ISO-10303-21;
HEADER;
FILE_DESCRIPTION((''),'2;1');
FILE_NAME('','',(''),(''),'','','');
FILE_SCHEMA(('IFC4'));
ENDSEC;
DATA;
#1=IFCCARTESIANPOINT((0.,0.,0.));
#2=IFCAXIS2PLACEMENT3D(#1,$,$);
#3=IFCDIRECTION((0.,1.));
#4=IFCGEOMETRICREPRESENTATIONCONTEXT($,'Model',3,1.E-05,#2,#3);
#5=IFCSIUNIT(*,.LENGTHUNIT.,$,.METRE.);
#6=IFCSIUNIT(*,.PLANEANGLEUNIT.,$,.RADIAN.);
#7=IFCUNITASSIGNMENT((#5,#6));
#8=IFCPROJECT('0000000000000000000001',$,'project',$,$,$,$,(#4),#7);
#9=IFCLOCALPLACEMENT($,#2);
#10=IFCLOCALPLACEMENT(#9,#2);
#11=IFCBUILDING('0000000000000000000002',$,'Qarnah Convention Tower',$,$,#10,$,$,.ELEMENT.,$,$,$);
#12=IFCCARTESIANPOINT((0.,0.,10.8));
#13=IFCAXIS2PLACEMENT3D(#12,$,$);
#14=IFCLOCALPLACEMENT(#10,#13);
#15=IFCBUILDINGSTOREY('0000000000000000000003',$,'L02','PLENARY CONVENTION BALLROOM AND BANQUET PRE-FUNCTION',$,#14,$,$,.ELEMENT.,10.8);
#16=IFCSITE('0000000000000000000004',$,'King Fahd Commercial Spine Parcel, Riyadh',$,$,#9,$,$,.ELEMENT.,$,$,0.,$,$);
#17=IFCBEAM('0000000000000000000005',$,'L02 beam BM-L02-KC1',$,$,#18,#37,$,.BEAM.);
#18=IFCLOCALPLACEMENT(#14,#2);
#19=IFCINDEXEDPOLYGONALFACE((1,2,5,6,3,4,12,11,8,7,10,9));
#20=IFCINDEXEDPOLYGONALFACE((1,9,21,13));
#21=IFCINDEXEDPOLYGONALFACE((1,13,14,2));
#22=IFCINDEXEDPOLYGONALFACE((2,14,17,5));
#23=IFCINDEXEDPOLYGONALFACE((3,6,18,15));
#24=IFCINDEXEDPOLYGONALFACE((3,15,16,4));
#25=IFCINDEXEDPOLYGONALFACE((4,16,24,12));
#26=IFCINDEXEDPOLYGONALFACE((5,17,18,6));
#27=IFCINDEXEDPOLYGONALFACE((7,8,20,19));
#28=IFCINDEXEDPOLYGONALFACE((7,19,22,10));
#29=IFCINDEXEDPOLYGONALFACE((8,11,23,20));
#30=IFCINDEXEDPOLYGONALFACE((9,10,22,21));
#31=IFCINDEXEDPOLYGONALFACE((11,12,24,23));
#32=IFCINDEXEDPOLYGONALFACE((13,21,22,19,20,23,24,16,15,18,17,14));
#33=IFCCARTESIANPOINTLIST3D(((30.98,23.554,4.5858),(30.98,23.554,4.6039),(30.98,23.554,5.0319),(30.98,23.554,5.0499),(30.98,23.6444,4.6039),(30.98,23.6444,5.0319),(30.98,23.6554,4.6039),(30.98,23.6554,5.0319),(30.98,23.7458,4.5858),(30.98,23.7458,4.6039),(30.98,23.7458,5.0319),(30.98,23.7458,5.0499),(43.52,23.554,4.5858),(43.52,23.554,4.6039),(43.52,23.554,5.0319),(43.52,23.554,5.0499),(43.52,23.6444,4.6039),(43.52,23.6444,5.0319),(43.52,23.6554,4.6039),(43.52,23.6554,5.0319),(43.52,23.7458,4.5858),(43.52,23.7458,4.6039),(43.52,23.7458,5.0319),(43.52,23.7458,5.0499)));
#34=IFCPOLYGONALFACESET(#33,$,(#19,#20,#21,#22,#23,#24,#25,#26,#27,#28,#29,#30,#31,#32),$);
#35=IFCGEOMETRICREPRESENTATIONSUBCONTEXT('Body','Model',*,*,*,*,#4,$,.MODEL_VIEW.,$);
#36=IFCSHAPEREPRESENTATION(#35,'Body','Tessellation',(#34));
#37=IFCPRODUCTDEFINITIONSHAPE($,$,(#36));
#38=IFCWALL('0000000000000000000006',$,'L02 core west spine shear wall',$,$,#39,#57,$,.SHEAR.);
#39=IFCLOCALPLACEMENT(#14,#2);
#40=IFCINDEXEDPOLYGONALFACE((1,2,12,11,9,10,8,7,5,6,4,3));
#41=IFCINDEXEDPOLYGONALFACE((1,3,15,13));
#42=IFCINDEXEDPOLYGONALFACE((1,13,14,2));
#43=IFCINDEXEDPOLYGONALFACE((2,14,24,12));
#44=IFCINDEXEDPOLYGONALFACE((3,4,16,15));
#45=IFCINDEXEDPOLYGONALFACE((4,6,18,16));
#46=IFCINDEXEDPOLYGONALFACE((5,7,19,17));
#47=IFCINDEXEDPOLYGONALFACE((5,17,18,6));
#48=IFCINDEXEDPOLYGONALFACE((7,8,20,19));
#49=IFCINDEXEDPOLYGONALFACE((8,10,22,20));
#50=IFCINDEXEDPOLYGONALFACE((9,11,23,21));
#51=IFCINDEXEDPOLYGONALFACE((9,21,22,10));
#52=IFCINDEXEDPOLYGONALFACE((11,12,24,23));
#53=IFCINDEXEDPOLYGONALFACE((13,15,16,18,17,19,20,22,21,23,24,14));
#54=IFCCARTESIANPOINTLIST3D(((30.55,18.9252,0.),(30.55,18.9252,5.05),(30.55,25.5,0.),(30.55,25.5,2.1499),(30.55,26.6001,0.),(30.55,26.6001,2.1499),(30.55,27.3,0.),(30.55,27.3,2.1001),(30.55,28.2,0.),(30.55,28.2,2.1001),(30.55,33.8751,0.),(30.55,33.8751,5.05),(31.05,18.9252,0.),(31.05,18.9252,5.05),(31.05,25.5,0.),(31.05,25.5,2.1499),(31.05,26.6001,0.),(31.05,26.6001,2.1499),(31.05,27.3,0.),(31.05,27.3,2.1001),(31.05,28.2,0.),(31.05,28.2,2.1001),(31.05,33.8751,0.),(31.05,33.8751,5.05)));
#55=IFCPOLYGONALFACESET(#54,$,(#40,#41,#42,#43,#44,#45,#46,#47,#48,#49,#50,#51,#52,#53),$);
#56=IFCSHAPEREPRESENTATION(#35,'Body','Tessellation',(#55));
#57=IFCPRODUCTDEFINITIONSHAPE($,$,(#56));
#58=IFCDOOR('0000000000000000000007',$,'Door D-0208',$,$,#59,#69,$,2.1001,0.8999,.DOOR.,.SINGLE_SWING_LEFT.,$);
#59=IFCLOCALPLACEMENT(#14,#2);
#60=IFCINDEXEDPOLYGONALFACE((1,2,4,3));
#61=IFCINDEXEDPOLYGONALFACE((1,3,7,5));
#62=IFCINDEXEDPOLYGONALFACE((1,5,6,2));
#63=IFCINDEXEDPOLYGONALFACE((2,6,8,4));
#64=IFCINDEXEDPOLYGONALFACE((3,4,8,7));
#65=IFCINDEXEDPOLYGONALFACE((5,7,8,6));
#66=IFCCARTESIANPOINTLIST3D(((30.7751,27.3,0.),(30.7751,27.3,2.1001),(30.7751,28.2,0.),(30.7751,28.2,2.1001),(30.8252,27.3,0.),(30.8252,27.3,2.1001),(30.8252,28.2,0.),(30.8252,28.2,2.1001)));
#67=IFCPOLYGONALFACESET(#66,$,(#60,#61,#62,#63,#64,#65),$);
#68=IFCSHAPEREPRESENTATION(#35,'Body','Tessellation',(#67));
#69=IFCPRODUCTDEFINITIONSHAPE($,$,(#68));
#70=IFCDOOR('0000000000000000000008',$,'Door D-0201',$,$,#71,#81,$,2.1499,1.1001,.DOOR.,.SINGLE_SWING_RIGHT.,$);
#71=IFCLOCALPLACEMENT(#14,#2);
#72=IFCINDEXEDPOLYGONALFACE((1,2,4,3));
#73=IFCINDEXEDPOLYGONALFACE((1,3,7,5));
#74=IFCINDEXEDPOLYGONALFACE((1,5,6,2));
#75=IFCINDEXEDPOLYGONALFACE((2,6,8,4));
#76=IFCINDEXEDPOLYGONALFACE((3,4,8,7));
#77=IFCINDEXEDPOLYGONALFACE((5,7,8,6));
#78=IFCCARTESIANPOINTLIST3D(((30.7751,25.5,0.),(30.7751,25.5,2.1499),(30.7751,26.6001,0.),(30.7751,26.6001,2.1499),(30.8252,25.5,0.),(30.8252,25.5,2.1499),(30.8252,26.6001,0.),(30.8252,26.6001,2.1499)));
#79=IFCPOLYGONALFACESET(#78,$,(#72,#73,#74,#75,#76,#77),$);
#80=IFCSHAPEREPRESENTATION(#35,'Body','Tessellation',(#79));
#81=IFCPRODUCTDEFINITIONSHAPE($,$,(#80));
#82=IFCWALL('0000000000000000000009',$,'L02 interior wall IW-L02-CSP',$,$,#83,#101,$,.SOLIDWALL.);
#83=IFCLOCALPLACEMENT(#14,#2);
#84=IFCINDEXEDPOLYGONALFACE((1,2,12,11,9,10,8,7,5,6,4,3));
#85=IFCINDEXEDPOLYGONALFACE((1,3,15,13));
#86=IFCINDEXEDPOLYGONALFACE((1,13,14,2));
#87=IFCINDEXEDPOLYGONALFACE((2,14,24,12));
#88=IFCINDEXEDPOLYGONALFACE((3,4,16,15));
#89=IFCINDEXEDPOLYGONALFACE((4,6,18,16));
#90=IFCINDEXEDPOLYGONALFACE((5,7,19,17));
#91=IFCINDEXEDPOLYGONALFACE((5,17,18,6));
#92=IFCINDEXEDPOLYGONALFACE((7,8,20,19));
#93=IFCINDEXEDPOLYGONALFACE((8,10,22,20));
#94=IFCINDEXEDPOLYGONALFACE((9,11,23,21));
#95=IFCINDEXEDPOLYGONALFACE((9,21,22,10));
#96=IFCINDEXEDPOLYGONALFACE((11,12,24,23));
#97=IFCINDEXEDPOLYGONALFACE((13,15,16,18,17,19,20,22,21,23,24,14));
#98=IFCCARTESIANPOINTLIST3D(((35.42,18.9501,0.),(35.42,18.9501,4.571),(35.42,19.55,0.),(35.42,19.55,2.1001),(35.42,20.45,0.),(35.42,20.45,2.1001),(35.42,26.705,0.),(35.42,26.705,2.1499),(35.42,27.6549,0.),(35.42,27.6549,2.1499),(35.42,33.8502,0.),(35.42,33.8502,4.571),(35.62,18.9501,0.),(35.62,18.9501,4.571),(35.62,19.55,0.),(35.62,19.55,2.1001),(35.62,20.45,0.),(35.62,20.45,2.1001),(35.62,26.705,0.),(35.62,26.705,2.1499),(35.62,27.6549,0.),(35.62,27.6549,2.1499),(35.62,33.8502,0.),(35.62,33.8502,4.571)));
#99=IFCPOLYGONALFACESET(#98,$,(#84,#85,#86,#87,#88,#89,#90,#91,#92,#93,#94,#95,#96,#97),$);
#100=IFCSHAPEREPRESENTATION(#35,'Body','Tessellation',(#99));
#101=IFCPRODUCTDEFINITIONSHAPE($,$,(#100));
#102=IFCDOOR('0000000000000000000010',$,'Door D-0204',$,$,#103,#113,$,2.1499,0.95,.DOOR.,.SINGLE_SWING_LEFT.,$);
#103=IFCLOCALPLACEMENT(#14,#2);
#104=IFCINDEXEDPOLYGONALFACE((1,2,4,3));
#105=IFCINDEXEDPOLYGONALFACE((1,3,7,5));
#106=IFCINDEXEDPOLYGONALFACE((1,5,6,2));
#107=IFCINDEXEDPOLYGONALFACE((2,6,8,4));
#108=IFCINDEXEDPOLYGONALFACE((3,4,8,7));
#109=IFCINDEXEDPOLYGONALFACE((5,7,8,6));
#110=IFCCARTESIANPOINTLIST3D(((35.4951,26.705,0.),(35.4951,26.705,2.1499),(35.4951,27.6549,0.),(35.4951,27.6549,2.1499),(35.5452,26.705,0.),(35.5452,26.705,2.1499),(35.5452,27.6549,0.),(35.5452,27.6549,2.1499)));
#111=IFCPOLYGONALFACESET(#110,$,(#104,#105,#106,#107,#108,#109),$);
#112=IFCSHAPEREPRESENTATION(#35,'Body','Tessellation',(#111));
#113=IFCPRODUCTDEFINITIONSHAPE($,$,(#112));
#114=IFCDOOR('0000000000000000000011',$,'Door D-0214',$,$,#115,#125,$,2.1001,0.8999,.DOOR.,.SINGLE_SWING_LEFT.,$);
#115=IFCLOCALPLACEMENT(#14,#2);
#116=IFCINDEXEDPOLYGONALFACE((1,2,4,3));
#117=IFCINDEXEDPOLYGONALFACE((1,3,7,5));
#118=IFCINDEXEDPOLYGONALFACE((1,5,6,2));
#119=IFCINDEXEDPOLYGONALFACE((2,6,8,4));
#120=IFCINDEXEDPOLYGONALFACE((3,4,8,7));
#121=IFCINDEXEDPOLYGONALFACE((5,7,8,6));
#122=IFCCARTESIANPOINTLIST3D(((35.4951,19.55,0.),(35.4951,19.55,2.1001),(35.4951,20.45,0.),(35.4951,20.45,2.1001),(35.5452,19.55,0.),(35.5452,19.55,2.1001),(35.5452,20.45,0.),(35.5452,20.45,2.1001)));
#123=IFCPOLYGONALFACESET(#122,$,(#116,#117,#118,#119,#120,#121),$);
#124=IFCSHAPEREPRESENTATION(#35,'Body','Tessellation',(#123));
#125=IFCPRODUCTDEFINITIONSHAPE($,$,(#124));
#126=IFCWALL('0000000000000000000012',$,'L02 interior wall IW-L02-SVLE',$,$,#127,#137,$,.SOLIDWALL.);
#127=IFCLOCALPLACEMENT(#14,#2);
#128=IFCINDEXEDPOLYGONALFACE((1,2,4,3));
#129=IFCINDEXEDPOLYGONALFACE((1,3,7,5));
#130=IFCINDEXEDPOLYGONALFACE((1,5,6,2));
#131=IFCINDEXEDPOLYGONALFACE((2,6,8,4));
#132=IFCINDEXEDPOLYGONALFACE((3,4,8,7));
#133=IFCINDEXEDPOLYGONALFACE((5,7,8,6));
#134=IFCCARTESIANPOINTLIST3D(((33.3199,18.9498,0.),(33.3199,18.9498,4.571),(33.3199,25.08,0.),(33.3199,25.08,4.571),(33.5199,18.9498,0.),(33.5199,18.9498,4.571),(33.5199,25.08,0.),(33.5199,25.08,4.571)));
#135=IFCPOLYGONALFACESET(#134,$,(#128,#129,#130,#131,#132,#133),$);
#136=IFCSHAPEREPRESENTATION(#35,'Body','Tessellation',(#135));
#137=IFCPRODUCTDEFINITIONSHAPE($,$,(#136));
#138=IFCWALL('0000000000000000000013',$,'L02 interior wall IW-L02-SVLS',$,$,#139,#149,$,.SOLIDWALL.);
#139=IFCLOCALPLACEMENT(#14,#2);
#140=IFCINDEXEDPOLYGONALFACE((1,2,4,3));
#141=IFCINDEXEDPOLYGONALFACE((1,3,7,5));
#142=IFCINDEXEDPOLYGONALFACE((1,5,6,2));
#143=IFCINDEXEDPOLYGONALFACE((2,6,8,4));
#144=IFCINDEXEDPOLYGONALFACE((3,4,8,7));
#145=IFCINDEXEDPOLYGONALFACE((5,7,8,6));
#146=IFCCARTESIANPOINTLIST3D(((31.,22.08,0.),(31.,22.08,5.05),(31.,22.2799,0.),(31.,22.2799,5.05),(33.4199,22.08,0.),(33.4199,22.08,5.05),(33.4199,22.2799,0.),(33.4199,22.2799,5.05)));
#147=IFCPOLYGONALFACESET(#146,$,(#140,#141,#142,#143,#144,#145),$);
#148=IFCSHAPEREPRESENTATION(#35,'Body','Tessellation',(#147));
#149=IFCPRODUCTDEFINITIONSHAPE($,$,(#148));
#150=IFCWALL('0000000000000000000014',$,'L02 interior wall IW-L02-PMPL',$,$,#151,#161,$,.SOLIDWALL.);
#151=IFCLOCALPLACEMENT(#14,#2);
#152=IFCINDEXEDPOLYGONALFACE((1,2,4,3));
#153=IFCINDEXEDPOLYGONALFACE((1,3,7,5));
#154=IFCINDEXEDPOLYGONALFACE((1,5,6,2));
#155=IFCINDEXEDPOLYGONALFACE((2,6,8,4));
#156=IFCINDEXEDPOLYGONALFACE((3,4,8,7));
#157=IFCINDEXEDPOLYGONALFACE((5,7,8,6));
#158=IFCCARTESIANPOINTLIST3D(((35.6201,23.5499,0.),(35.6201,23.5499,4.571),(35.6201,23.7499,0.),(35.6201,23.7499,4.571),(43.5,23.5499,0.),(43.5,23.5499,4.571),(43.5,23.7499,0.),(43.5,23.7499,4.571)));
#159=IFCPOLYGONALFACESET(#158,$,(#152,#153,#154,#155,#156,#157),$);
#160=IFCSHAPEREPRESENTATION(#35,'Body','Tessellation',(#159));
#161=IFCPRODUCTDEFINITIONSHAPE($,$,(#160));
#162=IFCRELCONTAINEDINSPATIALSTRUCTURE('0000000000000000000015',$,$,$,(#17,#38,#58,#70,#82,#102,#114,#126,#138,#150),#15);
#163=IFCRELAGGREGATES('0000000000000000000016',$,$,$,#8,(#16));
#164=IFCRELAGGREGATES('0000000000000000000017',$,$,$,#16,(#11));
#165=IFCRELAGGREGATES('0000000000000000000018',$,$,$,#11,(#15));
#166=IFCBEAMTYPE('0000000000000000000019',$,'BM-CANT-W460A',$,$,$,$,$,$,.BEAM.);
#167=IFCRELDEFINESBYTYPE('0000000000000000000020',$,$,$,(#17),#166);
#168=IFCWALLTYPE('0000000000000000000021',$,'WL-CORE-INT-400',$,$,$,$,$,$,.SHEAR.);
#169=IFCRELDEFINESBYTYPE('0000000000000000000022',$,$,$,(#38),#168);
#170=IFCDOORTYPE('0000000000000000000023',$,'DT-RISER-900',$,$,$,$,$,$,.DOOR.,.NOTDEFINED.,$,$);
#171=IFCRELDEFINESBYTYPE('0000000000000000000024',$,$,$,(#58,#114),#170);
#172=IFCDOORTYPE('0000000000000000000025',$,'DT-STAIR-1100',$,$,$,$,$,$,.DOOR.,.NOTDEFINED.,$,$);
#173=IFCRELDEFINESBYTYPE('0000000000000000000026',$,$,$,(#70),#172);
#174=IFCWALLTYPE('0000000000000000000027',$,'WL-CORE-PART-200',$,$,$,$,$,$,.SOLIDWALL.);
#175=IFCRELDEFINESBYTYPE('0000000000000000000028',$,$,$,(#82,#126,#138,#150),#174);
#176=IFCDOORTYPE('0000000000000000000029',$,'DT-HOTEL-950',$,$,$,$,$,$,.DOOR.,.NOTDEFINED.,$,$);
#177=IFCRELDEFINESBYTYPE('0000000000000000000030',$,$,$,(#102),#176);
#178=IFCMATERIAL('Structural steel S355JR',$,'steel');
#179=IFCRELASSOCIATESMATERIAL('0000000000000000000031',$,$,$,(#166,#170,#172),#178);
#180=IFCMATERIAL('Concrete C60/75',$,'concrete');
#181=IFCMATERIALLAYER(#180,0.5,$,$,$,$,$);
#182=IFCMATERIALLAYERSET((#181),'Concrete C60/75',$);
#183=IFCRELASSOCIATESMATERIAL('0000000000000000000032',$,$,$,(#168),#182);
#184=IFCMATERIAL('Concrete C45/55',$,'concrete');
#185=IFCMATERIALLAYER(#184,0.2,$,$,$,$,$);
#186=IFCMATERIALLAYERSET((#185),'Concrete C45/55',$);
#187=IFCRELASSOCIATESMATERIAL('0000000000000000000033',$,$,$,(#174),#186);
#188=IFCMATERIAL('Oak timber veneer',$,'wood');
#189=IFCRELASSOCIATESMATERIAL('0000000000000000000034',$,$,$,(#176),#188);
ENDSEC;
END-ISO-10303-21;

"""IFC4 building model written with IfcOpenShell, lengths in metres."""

from ifc_helpers import new_model, si_unit, direction, frame, frame_2d, origin, origin_2d, place, context, subcontext, project, spatial, rectangle, i_section, extrude, material, layer, layer_set, material_profile, profile_set, type_object, element, fill, save


model = new_model("IFC4")

# Units and contexts
model_context = context("Model", 3, precision=1e-05, world=origin(), true_north=direction((0.0, 1.0)))
body_context = subcontext(model_context, "Body", "Model", "MODEL_VIEW")
ifc_project = project(units=[si_unit("LENGTHUNIT", "METRE"), si_unit("PLANEANGLEUNIT", "RADIAN")], contexts=[model_context])

# Site, building, storey
site_placement = place(None, origin())
site = spatial("IfcSite", under=ifc_project, at=site_placement, Name="King Fahd Commercial Spine Parcel, Riyadh", CompositionType="ELEMENT", RefElevation=0.0)
building_placement = place(site_placement, origin())
building = spatial("IfcBuilding", under=site, at=building_placement, Name="Qarnah Convention Tower", CompositionType="ELEMENT")
storey_placement = place(building_placement, frame((0.0, 0.0, 10.8)))
storey = spatial("IfcBuildingStorey", under=building, at=storey_placement, Name="L02", Description="PLENARY CONVENTION BALLROOM AND BANQUET PRE-FUNCTION", CompositionType="ELEMENT", Elevation=10.8)

# Beam
ifc_material_1 = material(Name="Structural steel S355JR", Category="steel")
ifc_material_profile = material_profile(ifc_material_1, i_section(OverallWidth=0.1919, OverallDepth=0.4641, WebThickness=0.011, FlangeThickness=0.0181, at=origin_2d()), Name="W460X89")
ifc_profile_set = profile_set([ifc_material_profile], Name="Structural steel S355JR")
beam_type = type_object("IfcBeamType", Name="BM-CANT-W460A", PredefinedType="BEAM", material=ifc_profile_set)
beam_placement = place(storey_placement, frame((30.98, 23.6499, 4.8179), z_axis=(1.0, 0.0, 0.0), x_axis=(0.0, 1.0, 0.0)))
element("IfcBeam", 1, at=beam_placement, inside=storey, type_object=beam_type, Name="L02 beam BM-L02-KC1", PredefinedType="BEAM", context=body_context, shape_type="SweptSolid", body=[
    extrude(i_section(OverallWidth=0.1919, OverallDepth=0.4641, WebThickness=0.011, FlangeThickness=0.0181, at=origin_2d()), origin(), (0.0, 0.0, 1.0), 12.54),
])

# Walls, openings, doors
ifc_material_2 = material(Name="Concrete C60/75", Category="concrete")
ifc_layer_1 = layer(ifc_material_2, 0.5)
ifc_layer_set_1 = layer_set([ifc_layer_1], Name="Concrete C60/75")
wall_type_1 = type_object("IfcWallType", Name="WL-CORE-INT-400", PredefinedType="SHEAR", material=ifc_layer_set_1)
wall_1_placement = place(storey_placement, frame((30.8, 18.925, 0.0), z_axis=(0.0, 0.0, 1.0), x_axis=(0.0, 1.0, 0.0)))
wall_1 = element("IfcWall", 2, at=wall_1_placement, inside=storey, type_object=wall_type_1, Name="L02 core west spine shear wall", PredefinedType="SHEAR", context=body_context, shape_type="SweptSolid", body=[
    extrude(rectangle(XDim=14.95, YDim=0.5, at=frame_2d((7.4751, 0.0))), origin(), (0.0, 0.0, 1.0), 5.05),
])
opening_1_placement = place(wall_1_placement, frame((6.575, 0.0, 0.0)))
opening_1 = element("IfcOpeningElement", 3, at=opening_1_placement, cuts=wall_1, PredefinedType="OPENING", context=body_context, shape_type="SweptSolid", body=[
    extrude(rectangle(XDim=1.1001, YDim=2.1499, at=frame_2d((0.55, 1.075))), frame((0.0, 0.26, 0.0), z_axis=(0.0, -1.0, 0.0), x_axis=(1.0, 0.0, 0.0)), (0.0, 0.0, 1.0), 0.52),
])
opening_2_placement = place(wall_1_placement, frame((8.375, 0.0, 0.0)))
opening_2 = element("IfcOpeningElement", 4, at=opening_2_placement, cuts=wall_1, PredefinedType="OPENING", context=body_context, shape_type="SweptSolid", body=[
    extrude(rectangle(XDim=0.8999, YDim=2.1001, at=frame_2d((0.45, 1.05))), frame((0.0, 0.26, 0.0), z_axis=(0.0, -1.0, 0.0), x_axis=(1.0, 0.0, 0.0)), (0.0, 0.0, 1.0), 0.52),
])
door_type_1 = type_object("IfcDoorType", Name="DT-RISER-900", OperationType="NOTDEFINED", PredefinedType="DOOR", material=ifc_material_1)
door_1_placement = place(opening_2_placement, origin())
door_1 = element("IfcDoor", 5, at=door_1_placement, inside=storey, type_object=door_type_1, Name="Door D-0208", OperationType="SINGLE_SWING_LEFT", OverallHeight=2.1001, OverallWidth=0.8999, PredefinedType="DOOR", context=body_context, shape_type="SweptSolid", body=[
    extrude(rectangle(XDim=0.8999, YDim=2.1001, at=frame_2d((0.45, 1.05))), frame((0.0, 0.0249, 0.0), z_axis=(0.0, -1.0, 0.0), x_axis=(1.0, 0.0, 0.0)), (0.0, 0.0, 1.0), 0.05),
])
fill(opening_2, door_1)
door_type_2 = type_object("IfcDoorType", Name="DT-STAIR-1100", OperationType="NOTDEFINED", PredefinedType="DOOR", material=ifc_material_1)
door_2_placement = place(opening_1_placement, origin())
door_2 = element("IfcDoor", 6, at=door_2_placement, inside=storey, type_object=door_type_2, Name="Door D-0201", OperationType="SINGLE_SWING_RIGHT", OverallHeight=2.1499, OverallWidth=1.1001, PredefinedType="DOOR", context=body_context, shape_type="SweptSolid", body=[
    extrude(rectangle(XDim=1.1001, YDim=2.1499, at=frame_2d((0.55, 1.075))), frame((0.0, 0.0249, 0.0), z_axis=(0.0, -1.0, 0.0), x_axis=(1.0, 0.0, 0.0)), (0.0, 0.0, 1.0), 0.05),
])
fill(opening_1, door_2)
ifc_material_3 = material(Name="Concrete C45/55", Category="concrete")
ifc_layer_2 = layer(ifc_material_3, 0.2)
ifc_layer_set_2 = layer_set([ifc_layer_2], Name="Concrete C45/55")
wall_type_2 = type_object("IfcWallType", Name="WL-CORE-PART-200", PredefinedType="SOLIDWALL", material=ifc_layer_set_2)
wall_2_placement = place(storey_placement, frame((35.52, 18.95, 0.0), z_axis=(0.0, 0.0, 1.0), x_axis=(0.0, 1.0, 0.0)))
wall_2 = element("IfcWall", 7, at=wall_2_placement, inside=storey, type_object=wall_type_2, Name="L02 interior wall IW-L02-CSP", PredefinedType="SOLIDWALL", context=body_context, shape_type="SweptSolid", body=[
    extrude(rectangle(XDim=14.9001, YDim=0.2, at=frame_2d((7.4502, 0.0))), origin(), (0.0, 0.0, 1.0), 4.571),
])
opening_3_placement = place(wall_2_placement, frame((7.7549, 0.0, 0.0)))
opening_3 = element("IfcOpeningElement", 8, at=opening_3_placement, cuts=wall_2, PredefinedType="OPENING", context=body_context, shape_type="SweptSolid", body=[
    extrude(rectangle(XDim=0.95, YDim=2.1499, at=frame_2d((0.4751, 1.075))), frame((0.0, 0.1099, 0.0), z_axis=(0.0, -1.0, 0.0), x_axis=(1.0, 0.0, 0.0)), (0.0, 0.0, 1.0), 0.22),
])
opening_4_placement = place(wall_2_placement, frame((0.6001, 0.0, 0.0)))
opening_4 = element("IfcOpeningElement", 9, at=opening_4_placement, cuts=wall_2, PredefinedType="OPENING", context=body_context, shape_type="SweptSolid", body=[
    extrude(rectangle(XDim=0.8999, YDim=2.1001, at=frame_2d((0.45, 1.05))), frame((0.0, 0.1099, 0.0), z_axis=(0.0, -1.0, 0.0), x_axis=(1.0, 0.0, 0.0)), (0.0, 0.0, 1.0), 0.22),
])
ifc_material_4 = material(Name="Oak timber veneer", Category="wood")
door_type_3 = type_object("IfcDoorType", Name="DT-HOTEL-950", OperationType="NOTDEFINED", PredefinedType="DOOR", material=ifc_material_4)
door_3_placement = place(opening_3_placement, origin())
door_3 = element("IfcDoor", 10, at=door_3_placement, inside=storey, type_object=door_type_3, Name="Door D-0204", OperationType="SINGLE_SWING_LEFT", OverallHeight=2.1499, OverallWidth=0.95, PredefinedType="DOOR", context=body_context, shape_type="SweptSolid", body=[
    extrude(rectangle(XDim=0.95, YDim=2.1499, at=frame_2d((0.4751, 1.075))), frame((0.0, 0.0249, 0.0), z_axis=(0.0, -1.0, 0.0), x_axis=(1.0, 0.0, 0.0)), (0.0, 0.0, 1.0), 0.05),
])
fill(opening_3, door_3)
door_4_placement = place(opening_4_placement, origin())
door_4 = element("IfcDoor", 11, at=door_4_placement, inside=storey, type_object=door_type_1, Name="Door D-0214", OperationType="SINGLE_SWING_LEFT", OverallHeight=2.1001, OverallWidth=0.8999, PredefinedType="DOOR", context=body_context, shape_type="SweptSolid", body=[
    extrude(rectangle(XDim=0.8999, YDim=2.1001, at=frame_2d((0.45, 1.05))), frame((0.0, 0.0249, 0.0), z_axis=(0.0, -1.0, 0.0), x_axis=(1.0, 0.0, 0.0)), (0.0, 0.0, 1.0), 0.05),
])
fill(opening_4, door_4)

# Walls
wall_3_placement = place(storey_placement, frame((33.4199, 18.95, 0.0), z_axis=(0.0, 0.0, 1.0), x_axis=(0.0, 1.0, 0.0)))
element("IfcWall", 12, at=wall_3_placement, inside=storey, type_object=wall_type_2, Name="L02 interior wall IW-L02-SVLE", PredefinedType="SOLIDWALL", context=body_context, shape_type="SweptSolid", body=[
    extrude(rectangle(XDim=6.1301, YDim=0.2, at=frame_2d((3.0649, 0.0))), origin(), (0.0, 0.0, 1.0), 4.571),
])
wall_4_placement = place(storey_placement, frame((31.0, 22.1799, 0.0), z_axis=(0.0, 0.0, 1.0), x_axis=(1.0, 0.0, 0.0)))
element("IfcWall", 13, at=wall_4_placement, inside=storey, type_object=wall_type_2, Name="L02 interior wall IW-L02-SVLS", PredefinedType="SOLIDWALL", context=body_context, shape_type="SweptSolid", body=[
    extrude(rectangle(XDim=2.4199, YDim=0.2, at=frame_2d((1.21, 0.0))), origin(), (0.0, 0.0, 1.0), 5.05),
])
wall_5_placement = place(storey_placement, frame((35.6201, 23.6499, 0.0), z_axis=(0.0, 0.0, 1.0), x_axis=(1.0, 0.0, 0.0)))
element("IfcWall", 14, at=wall_5_placement, inside=storey, type_object=wall_type_2, Name="L02 interior wall IW-L02-PMPL", PredefinedType="SOLIDWALL", context=body_context, shape_type="SweptSolid", body=[
    extrude(rectangle(XDim=7.8799, YDim=0.2, at=frame_2d((3.9399, 0.0))), origin(), (0.0, 0.0, 1.0), 4.571),
])

save(model, "model.ifc")
